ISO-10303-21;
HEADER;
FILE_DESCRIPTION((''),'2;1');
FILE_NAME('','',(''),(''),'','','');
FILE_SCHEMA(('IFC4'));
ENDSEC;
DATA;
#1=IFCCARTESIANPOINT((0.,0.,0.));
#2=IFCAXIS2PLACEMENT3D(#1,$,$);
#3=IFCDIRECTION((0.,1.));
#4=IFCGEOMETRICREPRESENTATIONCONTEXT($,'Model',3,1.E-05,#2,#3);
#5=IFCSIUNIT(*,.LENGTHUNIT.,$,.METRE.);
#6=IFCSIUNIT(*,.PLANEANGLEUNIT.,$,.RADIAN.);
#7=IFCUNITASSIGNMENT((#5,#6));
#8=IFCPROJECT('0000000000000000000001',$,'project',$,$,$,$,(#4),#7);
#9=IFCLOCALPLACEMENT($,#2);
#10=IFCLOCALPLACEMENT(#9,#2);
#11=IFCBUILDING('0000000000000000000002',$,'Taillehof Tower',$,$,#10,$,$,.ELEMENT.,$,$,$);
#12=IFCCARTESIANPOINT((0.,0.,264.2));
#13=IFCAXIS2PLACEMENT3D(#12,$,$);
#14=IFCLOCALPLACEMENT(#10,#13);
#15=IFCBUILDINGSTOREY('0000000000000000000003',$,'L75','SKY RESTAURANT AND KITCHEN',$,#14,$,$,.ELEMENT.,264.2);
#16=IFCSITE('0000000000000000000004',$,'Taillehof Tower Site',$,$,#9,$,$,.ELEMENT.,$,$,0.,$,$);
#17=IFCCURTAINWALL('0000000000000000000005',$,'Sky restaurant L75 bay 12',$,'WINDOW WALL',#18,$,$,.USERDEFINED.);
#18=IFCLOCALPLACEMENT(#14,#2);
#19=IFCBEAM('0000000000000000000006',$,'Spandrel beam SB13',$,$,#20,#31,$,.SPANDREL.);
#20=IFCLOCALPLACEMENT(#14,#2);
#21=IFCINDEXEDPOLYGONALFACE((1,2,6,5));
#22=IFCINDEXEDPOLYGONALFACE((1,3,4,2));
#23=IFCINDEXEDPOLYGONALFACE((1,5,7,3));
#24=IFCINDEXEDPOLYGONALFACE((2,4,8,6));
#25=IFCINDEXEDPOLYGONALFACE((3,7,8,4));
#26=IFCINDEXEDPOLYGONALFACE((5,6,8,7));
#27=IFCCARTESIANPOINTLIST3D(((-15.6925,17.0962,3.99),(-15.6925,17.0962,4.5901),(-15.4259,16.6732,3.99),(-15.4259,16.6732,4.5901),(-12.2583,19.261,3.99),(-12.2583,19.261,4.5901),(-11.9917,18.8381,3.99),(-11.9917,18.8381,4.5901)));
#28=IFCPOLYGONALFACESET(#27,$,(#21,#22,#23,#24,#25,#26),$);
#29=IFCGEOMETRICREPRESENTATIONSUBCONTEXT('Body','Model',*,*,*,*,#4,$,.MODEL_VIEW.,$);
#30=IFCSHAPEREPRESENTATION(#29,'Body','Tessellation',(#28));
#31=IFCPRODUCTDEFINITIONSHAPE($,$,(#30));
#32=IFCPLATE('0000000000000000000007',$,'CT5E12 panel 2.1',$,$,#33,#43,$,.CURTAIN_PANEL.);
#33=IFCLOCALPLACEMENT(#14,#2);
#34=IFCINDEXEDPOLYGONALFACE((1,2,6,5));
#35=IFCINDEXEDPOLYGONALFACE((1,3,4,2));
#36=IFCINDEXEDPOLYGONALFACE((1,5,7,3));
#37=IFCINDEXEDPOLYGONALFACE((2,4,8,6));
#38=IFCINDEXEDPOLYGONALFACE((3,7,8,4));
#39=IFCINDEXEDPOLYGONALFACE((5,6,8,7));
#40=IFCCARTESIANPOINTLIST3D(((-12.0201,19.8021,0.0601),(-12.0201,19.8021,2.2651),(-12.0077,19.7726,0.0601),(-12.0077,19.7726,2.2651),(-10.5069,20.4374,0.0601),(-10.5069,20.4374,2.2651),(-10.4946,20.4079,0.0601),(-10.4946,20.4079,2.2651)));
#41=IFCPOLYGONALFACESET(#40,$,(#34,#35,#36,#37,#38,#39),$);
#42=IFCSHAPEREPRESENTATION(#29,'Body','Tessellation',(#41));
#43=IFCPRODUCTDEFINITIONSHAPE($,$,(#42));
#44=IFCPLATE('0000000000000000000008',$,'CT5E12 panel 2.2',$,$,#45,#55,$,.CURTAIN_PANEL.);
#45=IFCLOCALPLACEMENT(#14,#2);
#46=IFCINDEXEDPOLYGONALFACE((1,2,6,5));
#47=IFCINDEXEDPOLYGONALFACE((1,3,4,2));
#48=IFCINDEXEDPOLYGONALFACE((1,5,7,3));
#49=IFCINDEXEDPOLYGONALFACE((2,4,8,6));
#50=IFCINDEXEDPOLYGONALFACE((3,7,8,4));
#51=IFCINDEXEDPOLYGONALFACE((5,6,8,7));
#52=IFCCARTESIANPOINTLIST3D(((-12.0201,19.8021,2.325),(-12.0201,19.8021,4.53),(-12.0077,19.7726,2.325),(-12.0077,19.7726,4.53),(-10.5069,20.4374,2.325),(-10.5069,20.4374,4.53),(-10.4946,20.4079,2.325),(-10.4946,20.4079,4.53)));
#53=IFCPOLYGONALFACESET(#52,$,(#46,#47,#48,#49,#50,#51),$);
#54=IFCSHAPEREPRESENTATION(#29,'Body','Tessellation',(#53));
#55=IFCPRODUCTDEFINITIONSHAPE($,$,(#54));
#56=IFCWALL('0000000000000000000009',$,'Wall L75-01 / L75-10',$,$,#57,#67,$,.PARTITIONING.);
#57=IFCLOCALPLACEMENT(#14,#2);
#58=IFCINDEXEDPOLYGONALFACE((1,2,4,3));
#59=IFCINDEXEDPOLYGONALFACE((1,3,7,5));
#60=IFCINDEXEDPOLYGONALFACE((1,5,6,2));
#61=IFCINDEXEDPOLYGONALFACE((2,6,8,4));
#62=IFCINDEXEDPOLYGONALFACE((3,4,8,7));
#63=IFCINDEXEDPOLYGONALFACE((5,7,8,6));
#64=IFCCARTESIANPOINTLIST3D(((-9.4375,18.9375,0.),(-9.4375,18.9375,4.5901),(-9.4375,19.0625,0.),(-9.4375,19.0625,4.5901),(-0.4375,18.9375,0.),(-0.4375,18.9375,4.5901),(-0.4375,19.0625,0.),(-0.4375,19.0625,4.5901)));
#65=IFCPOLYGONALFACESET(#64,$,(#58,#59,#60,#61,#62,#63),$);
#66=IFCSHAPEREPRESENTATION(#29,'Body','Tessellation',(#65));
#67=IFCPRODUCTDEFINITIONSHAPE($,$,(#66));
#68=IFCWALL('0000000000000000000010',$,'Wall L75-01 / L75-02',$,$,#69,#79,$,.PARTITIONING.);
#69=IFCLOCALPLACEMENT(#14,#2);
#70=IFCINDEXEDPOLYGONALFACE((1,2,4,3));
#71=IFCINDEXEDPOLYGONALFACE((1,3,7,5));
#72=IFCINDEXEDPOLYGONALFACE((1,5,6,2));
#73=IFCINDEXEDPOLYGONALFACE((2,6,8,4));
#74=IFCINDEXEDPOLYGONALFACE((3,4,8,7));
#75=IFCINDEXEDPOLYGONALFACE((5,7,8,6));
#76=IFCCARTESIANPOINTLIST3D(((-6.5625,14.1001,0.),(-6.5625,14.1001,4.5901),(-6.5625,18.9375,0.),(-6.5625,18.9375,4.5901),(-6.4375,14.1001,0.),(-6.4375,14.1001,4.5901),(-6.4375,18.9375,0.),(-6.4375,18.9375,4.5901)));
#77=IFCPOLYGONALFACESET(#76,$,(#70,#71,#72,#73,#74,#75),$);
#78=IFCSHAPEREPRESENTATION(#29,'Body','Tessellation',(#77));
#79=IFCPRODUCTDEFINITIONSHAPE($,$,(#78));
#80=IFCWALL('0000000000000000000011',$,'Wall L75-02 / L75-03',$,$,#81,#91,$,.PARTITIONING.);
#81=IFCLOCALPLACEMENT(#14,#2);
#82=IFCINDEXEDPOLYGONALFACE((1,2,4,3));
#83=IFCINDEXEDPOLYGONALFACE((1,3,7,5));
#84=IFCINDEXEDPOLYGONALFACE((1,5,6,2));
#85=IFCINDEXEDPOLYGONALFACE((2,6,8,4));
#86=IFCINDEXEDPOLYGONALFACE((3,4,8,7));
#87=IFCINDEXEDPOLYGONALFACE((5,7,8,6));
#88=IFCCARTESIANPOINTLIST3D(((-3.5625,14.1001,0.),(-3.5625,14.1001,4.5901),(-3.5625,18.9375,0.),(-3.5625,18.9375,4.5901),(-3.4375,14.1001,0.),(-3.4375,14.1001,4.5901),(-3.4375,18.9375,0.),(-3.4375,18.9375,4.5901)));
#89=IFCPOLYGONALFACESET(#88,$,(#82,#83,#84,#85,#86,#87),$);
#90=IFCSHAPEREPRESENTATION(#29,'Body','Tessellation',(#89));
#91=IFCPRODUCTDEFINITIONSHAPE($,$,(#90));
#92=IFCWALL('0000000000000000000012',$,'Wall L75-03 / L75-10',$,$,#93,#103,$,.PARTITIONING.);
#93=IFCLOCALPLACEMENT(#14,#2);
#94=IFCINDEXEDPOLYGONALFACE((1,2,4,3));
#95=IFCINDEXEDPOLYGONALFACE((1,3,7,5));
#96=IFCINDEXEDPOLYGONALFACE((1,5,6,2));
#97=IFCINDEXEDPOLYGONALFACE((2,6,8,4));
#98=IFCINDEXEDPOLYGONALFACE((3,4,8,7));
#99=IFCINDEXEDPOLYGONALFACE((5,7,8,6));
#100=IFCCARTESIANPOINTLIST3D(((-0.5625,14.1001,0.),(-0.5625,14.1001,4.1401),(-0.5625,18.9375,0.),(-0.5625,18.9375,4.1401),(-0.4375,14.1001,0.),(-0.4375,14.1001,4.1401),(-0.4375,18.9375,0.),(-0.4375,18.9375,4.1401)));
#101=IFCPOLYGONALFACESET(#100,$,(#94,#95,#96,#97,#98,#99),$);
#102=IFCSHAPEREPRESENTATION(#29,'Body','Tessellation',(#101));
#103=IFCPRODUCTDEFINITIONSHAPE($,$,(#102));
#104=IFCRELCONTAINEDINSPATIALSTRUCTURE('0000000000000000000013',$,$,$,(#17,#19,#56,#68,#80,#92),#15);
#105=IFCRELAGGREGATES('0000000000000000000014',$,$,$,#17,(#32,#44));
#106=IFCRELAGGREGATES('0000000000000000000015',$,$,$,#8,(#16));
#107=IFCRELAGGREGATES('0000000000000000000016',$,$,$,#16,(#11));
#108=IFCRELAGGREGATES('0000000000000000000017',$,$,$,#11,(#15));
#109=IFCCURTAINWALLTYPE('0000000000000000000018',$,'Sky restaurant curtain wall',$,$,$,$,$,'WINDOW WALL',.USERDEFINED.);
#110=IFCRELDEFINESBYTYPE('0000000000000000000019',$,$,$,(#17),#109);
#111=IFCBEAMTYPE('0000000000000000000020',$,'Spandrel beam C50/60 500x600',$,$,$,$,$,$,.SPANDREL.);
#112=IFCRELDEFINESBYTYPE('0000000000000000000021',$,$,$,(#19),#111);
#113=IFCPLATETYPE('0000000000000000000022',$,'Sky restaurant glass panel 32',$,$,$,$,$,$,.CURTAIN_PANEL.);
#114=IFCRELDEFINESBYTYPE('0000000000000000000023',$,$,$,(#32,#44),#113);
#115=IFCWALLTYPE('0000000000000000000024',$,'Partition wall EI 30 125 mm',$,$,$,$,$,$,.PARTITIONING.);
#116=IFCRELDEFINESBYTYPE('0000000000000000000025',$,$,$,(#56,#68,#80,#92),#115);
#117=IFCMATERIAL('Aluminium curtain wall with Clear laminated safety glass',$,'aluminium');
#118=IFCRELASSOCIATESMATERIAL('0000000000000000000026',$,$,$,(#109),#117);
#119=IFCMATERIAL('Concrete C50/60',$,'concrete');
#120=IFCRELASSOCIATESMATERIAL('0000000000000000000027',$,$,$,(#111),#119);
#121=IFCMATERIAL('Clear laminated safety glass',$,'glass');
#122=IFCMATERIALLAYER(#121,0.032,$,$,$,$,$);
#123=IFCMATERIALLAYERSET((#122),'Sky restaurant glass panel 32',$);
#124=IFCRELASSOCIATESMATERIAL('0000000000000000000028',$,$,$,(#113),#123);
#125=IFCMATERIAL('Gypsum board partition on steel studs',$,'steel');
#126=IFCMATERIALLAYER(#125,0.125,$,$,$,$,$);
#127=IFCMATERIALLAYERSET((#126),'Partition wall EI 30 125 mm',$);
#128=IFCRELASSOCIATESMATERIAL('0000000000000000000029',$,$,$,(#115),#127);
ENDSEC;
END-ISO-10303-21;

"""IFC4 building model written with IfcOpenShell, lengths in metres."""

from ifc_helpers import new_model, si_unit, direction, frame, frame_2d, origin, origin_2d, place, context, subcontext, project, spatial, rectangle, extrude, material, layer, layer_set, material_profile, profile_set, type_object, element, aggregate, save


model = new_model("IFC4")

# Units and contexts
model_context = context("Model", 3, precision=1e-05, world=origin(), true_north=direction((0.0, 1.0)))
body_context = subcontext(model_context, "Body", "Model", "MODEL_VIEW")
ifc_project = project(units=[si_unit("LENGTHUNIT", "METRE"), si_unit("PLANEANGLEUNIT", "RADIAN")], contexts=[model_context])

# Site, building, storey
site_placement = place(None, origin())
site = spatial("IfcSite", under=ifc_project, at=site_placement, Name="Taillehof Tower Site", CompositionType="ELEMENT", RefElevation=0.0)
building_placement = place(site_placement, origin())
building = spatial("IfcBuilding", under=site, at=building_placement, Name="Taillehof Tower", CompositionType="ELEMENT")
storey_placement = place(building_placement, frame((0.0, 0.0, 264.2)))
storey = spatial("IfcBuildingStorey", under=building, at=storey_placement, Name="L75", Description="SKY RESTAURANT AND KITCHEN", CompositionType="ELEMENT", Elevation=264.2)

# Curtain wall
ifc_material_1 = material(Name="Aluminium curtain wall with Clear laminated safety glass", Category="aluminium")
curtain_wall_type = type_object("IfcCurtainWallType", Name="Sky restaurant curtain wall", ElementType="WINDOW WALL", PredefinedType="USERDEFINED", material=ifc_material_1)
curtain_wall_1_placement = place(storey_placement, origin())
curtain_wall_1 = element("IfcCurtainWall", 1, at=curtain_wall_1_placement, inside=storey, type_object=curtain_wall_type, Name="Sky restaurant L75 bay 12", ObjectType="WINDOW WALL", PredefinedType="USERDEFINED")

# Beam
ifc_material_2 = material(Name="Concrete C50/60", Category="concrete")
ifc_material_profile_1 = material_profile(ifc_material_2, rectangle(XDim=0.5, YDim=0.6001, at=origin_2d()), Name="RC 500x600")
ifc_profile_set_1 = profile_set([ifc_material_profile_1], Name="Concrete C50/60")
beam_type_1 = type_object("IfcBeamType", Name="Spandrel beam C50/60 500x600", PredefinedType="SPANDREL", material=ifc_profile_set_1)
beam_1_placement = place(storey_placement, frame((-12.125, 19.0496, 4.29), z_axis=(-0.845944, -0.533271, 0.0), x_axis=(0.533271, -0.845944, 0.0)))
element("IfcBeam", 2, at=beam_1_placement, inside=storey, type_object=beam_type_1, Name="Spandrel beam SB13", PredefinedType="SPANDREL", context=body_context, shape_type="SweptSolid", body=[
    extrude(rectangle(XDim=0.5, YDim=0.6001, at=origin_2d()), origin(), (0.0, 0.0, 1.0), 4.0596),
])

# Plates
ifc_material_3 = material(Name="Clear laminated safety glass", Category="glass")
ifc_layer_1 = layer(ifc_material_3, 0.032)
ifc_layer_set_1 = layer_set([ifc_layer_1], Name="Sky restaurant glass panel 32")
plate_type = type_object("IfcPlateType", Name="Sky restaurant glass panel 32", PredefinedType="CURTAIN_PANEL", material=ifc_layer_set_1)
plate_1_placement = place(storey_placement, frame((-11.2573, 20.105, 0.0601), z_axis=(0.0, 0.0, 1.0), x_axis=(-0.922037, -0.387101, 0.0)))
plate_1 = element("IfcPlate", 3, at=plate_1_placement, type_object=plate_type, Name="CT5E12 panel 2.1", PredefinedType="CURTAIN_PANEL", context=body_context, shape_type="SweptSolid", body=[
    extrude(rectangle(XDim=1.6411, YDim=0.032, at=origin_2d()), origin(), (0.0, 0.0, 1.0), 2.2051),
])
plate_2_placement = place(storey_placement, frame((-11.2573, 20.105, 2.325), z_axis=(0.0, 0.0, 1.0), x_axis=(-0.922037, -0.387101, 0.0)))
plate_2 = element("IfcPlate", 4, at=plate_2_placement, type_object=plate_type, Name="CT5E12 panel 2.2", PredefinedType="CURTAIN_PANEL", context=body_context, shape_type="SweptSolid", body=[
    extrude(rectangle(XDim=1.6411, YDim=0.032, at=origin_2d()), origin(), (0.0, 0.0, 1.0), 2.2051),
])
aggregate(curtain_wall_1, [plate_1, plate_2])

# Walls
ifc_material_4 = material(Name="Gypsum board partition on steel studs", Category="steel")
ifc_layer_2 = layer(ifc_material_4, 0.125)
ifc_layer_set_2 = layer_set([ifc_layer_2], Name="Partition wall EI 30 125 mm")
wall_type = type_object("IfcWallType", Name="Partition wall EI 30 125 mm", PredefinedType="PARTITIONING", material=ifc_layer_set_2)
wall_1_placement = place(storey_placement, frame((-9.4375, 19.0, 0.0), z_axis=(0.0, 0.0, 1.0), x_axis=(1.0, 0.0, 0.0)))
element("IfcWall", 5, at=wall_1_placement, inside=storey, type_object=wall_type, Name="Wall L75-01 / L75-10", PredefinedType="PARTITIONING", context=body_context, shape_type="SweptSolid", body=[
    extrude(rectangle(XDim=9.0, YDim=0.125, at=frame_2d((4.5, 0.0))), origin(), (0.0, 0.0, 1.0), 4.5901),
])
for number, where, z_axis, x_axis, name in (
    (6, (-6.5, 14.1001, 0.0), (0.0, 0.0, 1.0), (0.0, 1.0, 0.0), "Wall L75-01 / L75-02"),
    (7, (-3.5, 14.1001, 0.0), (0.0, 0.0, 1.0), (0.0, 1.0, 0.0), "Wall L75-02 / L75-03"),
):
    element("IfcWall", number, at=place(storey_placement, frame(where, z_axis=z_axis, x_axis=x_axis)), inside=storey, type_object=wall_type, Name=name, PredefinedType="PARTITIONING", context=body_context, shape_type="SweptSolid", body=[
        extrude(rectangle(XDim=4.8374, YDim=0.125, at=frame_2d((2.4187, 0.0))), origin(), (0.0, 0.0, 1.0), 4.5901),
    ])
wall_2_placement = place(storey_placement, frame((-0.5, 14.1001, 0.0), z_axis=(0.0, 0.0, 1.0), x_axis=(0.0, 1.0, 0.0)))
element("IfcWall", 8, at=wall_2_placement, inside=storey, type_object=wall_type, Name="Wall L75-03 / L75-10", PredefinedType="PARTITIONING", context=body_context, shape_type="SweptSolid", body=[
    extrude(rectangle(XDim=4.8374, YDim=0.125, at=frame_2d((2.4187, 0.0))), origin(), (0.0, 0.0, 1.0), 4.1401),
])

save(model, "model.ifc")
